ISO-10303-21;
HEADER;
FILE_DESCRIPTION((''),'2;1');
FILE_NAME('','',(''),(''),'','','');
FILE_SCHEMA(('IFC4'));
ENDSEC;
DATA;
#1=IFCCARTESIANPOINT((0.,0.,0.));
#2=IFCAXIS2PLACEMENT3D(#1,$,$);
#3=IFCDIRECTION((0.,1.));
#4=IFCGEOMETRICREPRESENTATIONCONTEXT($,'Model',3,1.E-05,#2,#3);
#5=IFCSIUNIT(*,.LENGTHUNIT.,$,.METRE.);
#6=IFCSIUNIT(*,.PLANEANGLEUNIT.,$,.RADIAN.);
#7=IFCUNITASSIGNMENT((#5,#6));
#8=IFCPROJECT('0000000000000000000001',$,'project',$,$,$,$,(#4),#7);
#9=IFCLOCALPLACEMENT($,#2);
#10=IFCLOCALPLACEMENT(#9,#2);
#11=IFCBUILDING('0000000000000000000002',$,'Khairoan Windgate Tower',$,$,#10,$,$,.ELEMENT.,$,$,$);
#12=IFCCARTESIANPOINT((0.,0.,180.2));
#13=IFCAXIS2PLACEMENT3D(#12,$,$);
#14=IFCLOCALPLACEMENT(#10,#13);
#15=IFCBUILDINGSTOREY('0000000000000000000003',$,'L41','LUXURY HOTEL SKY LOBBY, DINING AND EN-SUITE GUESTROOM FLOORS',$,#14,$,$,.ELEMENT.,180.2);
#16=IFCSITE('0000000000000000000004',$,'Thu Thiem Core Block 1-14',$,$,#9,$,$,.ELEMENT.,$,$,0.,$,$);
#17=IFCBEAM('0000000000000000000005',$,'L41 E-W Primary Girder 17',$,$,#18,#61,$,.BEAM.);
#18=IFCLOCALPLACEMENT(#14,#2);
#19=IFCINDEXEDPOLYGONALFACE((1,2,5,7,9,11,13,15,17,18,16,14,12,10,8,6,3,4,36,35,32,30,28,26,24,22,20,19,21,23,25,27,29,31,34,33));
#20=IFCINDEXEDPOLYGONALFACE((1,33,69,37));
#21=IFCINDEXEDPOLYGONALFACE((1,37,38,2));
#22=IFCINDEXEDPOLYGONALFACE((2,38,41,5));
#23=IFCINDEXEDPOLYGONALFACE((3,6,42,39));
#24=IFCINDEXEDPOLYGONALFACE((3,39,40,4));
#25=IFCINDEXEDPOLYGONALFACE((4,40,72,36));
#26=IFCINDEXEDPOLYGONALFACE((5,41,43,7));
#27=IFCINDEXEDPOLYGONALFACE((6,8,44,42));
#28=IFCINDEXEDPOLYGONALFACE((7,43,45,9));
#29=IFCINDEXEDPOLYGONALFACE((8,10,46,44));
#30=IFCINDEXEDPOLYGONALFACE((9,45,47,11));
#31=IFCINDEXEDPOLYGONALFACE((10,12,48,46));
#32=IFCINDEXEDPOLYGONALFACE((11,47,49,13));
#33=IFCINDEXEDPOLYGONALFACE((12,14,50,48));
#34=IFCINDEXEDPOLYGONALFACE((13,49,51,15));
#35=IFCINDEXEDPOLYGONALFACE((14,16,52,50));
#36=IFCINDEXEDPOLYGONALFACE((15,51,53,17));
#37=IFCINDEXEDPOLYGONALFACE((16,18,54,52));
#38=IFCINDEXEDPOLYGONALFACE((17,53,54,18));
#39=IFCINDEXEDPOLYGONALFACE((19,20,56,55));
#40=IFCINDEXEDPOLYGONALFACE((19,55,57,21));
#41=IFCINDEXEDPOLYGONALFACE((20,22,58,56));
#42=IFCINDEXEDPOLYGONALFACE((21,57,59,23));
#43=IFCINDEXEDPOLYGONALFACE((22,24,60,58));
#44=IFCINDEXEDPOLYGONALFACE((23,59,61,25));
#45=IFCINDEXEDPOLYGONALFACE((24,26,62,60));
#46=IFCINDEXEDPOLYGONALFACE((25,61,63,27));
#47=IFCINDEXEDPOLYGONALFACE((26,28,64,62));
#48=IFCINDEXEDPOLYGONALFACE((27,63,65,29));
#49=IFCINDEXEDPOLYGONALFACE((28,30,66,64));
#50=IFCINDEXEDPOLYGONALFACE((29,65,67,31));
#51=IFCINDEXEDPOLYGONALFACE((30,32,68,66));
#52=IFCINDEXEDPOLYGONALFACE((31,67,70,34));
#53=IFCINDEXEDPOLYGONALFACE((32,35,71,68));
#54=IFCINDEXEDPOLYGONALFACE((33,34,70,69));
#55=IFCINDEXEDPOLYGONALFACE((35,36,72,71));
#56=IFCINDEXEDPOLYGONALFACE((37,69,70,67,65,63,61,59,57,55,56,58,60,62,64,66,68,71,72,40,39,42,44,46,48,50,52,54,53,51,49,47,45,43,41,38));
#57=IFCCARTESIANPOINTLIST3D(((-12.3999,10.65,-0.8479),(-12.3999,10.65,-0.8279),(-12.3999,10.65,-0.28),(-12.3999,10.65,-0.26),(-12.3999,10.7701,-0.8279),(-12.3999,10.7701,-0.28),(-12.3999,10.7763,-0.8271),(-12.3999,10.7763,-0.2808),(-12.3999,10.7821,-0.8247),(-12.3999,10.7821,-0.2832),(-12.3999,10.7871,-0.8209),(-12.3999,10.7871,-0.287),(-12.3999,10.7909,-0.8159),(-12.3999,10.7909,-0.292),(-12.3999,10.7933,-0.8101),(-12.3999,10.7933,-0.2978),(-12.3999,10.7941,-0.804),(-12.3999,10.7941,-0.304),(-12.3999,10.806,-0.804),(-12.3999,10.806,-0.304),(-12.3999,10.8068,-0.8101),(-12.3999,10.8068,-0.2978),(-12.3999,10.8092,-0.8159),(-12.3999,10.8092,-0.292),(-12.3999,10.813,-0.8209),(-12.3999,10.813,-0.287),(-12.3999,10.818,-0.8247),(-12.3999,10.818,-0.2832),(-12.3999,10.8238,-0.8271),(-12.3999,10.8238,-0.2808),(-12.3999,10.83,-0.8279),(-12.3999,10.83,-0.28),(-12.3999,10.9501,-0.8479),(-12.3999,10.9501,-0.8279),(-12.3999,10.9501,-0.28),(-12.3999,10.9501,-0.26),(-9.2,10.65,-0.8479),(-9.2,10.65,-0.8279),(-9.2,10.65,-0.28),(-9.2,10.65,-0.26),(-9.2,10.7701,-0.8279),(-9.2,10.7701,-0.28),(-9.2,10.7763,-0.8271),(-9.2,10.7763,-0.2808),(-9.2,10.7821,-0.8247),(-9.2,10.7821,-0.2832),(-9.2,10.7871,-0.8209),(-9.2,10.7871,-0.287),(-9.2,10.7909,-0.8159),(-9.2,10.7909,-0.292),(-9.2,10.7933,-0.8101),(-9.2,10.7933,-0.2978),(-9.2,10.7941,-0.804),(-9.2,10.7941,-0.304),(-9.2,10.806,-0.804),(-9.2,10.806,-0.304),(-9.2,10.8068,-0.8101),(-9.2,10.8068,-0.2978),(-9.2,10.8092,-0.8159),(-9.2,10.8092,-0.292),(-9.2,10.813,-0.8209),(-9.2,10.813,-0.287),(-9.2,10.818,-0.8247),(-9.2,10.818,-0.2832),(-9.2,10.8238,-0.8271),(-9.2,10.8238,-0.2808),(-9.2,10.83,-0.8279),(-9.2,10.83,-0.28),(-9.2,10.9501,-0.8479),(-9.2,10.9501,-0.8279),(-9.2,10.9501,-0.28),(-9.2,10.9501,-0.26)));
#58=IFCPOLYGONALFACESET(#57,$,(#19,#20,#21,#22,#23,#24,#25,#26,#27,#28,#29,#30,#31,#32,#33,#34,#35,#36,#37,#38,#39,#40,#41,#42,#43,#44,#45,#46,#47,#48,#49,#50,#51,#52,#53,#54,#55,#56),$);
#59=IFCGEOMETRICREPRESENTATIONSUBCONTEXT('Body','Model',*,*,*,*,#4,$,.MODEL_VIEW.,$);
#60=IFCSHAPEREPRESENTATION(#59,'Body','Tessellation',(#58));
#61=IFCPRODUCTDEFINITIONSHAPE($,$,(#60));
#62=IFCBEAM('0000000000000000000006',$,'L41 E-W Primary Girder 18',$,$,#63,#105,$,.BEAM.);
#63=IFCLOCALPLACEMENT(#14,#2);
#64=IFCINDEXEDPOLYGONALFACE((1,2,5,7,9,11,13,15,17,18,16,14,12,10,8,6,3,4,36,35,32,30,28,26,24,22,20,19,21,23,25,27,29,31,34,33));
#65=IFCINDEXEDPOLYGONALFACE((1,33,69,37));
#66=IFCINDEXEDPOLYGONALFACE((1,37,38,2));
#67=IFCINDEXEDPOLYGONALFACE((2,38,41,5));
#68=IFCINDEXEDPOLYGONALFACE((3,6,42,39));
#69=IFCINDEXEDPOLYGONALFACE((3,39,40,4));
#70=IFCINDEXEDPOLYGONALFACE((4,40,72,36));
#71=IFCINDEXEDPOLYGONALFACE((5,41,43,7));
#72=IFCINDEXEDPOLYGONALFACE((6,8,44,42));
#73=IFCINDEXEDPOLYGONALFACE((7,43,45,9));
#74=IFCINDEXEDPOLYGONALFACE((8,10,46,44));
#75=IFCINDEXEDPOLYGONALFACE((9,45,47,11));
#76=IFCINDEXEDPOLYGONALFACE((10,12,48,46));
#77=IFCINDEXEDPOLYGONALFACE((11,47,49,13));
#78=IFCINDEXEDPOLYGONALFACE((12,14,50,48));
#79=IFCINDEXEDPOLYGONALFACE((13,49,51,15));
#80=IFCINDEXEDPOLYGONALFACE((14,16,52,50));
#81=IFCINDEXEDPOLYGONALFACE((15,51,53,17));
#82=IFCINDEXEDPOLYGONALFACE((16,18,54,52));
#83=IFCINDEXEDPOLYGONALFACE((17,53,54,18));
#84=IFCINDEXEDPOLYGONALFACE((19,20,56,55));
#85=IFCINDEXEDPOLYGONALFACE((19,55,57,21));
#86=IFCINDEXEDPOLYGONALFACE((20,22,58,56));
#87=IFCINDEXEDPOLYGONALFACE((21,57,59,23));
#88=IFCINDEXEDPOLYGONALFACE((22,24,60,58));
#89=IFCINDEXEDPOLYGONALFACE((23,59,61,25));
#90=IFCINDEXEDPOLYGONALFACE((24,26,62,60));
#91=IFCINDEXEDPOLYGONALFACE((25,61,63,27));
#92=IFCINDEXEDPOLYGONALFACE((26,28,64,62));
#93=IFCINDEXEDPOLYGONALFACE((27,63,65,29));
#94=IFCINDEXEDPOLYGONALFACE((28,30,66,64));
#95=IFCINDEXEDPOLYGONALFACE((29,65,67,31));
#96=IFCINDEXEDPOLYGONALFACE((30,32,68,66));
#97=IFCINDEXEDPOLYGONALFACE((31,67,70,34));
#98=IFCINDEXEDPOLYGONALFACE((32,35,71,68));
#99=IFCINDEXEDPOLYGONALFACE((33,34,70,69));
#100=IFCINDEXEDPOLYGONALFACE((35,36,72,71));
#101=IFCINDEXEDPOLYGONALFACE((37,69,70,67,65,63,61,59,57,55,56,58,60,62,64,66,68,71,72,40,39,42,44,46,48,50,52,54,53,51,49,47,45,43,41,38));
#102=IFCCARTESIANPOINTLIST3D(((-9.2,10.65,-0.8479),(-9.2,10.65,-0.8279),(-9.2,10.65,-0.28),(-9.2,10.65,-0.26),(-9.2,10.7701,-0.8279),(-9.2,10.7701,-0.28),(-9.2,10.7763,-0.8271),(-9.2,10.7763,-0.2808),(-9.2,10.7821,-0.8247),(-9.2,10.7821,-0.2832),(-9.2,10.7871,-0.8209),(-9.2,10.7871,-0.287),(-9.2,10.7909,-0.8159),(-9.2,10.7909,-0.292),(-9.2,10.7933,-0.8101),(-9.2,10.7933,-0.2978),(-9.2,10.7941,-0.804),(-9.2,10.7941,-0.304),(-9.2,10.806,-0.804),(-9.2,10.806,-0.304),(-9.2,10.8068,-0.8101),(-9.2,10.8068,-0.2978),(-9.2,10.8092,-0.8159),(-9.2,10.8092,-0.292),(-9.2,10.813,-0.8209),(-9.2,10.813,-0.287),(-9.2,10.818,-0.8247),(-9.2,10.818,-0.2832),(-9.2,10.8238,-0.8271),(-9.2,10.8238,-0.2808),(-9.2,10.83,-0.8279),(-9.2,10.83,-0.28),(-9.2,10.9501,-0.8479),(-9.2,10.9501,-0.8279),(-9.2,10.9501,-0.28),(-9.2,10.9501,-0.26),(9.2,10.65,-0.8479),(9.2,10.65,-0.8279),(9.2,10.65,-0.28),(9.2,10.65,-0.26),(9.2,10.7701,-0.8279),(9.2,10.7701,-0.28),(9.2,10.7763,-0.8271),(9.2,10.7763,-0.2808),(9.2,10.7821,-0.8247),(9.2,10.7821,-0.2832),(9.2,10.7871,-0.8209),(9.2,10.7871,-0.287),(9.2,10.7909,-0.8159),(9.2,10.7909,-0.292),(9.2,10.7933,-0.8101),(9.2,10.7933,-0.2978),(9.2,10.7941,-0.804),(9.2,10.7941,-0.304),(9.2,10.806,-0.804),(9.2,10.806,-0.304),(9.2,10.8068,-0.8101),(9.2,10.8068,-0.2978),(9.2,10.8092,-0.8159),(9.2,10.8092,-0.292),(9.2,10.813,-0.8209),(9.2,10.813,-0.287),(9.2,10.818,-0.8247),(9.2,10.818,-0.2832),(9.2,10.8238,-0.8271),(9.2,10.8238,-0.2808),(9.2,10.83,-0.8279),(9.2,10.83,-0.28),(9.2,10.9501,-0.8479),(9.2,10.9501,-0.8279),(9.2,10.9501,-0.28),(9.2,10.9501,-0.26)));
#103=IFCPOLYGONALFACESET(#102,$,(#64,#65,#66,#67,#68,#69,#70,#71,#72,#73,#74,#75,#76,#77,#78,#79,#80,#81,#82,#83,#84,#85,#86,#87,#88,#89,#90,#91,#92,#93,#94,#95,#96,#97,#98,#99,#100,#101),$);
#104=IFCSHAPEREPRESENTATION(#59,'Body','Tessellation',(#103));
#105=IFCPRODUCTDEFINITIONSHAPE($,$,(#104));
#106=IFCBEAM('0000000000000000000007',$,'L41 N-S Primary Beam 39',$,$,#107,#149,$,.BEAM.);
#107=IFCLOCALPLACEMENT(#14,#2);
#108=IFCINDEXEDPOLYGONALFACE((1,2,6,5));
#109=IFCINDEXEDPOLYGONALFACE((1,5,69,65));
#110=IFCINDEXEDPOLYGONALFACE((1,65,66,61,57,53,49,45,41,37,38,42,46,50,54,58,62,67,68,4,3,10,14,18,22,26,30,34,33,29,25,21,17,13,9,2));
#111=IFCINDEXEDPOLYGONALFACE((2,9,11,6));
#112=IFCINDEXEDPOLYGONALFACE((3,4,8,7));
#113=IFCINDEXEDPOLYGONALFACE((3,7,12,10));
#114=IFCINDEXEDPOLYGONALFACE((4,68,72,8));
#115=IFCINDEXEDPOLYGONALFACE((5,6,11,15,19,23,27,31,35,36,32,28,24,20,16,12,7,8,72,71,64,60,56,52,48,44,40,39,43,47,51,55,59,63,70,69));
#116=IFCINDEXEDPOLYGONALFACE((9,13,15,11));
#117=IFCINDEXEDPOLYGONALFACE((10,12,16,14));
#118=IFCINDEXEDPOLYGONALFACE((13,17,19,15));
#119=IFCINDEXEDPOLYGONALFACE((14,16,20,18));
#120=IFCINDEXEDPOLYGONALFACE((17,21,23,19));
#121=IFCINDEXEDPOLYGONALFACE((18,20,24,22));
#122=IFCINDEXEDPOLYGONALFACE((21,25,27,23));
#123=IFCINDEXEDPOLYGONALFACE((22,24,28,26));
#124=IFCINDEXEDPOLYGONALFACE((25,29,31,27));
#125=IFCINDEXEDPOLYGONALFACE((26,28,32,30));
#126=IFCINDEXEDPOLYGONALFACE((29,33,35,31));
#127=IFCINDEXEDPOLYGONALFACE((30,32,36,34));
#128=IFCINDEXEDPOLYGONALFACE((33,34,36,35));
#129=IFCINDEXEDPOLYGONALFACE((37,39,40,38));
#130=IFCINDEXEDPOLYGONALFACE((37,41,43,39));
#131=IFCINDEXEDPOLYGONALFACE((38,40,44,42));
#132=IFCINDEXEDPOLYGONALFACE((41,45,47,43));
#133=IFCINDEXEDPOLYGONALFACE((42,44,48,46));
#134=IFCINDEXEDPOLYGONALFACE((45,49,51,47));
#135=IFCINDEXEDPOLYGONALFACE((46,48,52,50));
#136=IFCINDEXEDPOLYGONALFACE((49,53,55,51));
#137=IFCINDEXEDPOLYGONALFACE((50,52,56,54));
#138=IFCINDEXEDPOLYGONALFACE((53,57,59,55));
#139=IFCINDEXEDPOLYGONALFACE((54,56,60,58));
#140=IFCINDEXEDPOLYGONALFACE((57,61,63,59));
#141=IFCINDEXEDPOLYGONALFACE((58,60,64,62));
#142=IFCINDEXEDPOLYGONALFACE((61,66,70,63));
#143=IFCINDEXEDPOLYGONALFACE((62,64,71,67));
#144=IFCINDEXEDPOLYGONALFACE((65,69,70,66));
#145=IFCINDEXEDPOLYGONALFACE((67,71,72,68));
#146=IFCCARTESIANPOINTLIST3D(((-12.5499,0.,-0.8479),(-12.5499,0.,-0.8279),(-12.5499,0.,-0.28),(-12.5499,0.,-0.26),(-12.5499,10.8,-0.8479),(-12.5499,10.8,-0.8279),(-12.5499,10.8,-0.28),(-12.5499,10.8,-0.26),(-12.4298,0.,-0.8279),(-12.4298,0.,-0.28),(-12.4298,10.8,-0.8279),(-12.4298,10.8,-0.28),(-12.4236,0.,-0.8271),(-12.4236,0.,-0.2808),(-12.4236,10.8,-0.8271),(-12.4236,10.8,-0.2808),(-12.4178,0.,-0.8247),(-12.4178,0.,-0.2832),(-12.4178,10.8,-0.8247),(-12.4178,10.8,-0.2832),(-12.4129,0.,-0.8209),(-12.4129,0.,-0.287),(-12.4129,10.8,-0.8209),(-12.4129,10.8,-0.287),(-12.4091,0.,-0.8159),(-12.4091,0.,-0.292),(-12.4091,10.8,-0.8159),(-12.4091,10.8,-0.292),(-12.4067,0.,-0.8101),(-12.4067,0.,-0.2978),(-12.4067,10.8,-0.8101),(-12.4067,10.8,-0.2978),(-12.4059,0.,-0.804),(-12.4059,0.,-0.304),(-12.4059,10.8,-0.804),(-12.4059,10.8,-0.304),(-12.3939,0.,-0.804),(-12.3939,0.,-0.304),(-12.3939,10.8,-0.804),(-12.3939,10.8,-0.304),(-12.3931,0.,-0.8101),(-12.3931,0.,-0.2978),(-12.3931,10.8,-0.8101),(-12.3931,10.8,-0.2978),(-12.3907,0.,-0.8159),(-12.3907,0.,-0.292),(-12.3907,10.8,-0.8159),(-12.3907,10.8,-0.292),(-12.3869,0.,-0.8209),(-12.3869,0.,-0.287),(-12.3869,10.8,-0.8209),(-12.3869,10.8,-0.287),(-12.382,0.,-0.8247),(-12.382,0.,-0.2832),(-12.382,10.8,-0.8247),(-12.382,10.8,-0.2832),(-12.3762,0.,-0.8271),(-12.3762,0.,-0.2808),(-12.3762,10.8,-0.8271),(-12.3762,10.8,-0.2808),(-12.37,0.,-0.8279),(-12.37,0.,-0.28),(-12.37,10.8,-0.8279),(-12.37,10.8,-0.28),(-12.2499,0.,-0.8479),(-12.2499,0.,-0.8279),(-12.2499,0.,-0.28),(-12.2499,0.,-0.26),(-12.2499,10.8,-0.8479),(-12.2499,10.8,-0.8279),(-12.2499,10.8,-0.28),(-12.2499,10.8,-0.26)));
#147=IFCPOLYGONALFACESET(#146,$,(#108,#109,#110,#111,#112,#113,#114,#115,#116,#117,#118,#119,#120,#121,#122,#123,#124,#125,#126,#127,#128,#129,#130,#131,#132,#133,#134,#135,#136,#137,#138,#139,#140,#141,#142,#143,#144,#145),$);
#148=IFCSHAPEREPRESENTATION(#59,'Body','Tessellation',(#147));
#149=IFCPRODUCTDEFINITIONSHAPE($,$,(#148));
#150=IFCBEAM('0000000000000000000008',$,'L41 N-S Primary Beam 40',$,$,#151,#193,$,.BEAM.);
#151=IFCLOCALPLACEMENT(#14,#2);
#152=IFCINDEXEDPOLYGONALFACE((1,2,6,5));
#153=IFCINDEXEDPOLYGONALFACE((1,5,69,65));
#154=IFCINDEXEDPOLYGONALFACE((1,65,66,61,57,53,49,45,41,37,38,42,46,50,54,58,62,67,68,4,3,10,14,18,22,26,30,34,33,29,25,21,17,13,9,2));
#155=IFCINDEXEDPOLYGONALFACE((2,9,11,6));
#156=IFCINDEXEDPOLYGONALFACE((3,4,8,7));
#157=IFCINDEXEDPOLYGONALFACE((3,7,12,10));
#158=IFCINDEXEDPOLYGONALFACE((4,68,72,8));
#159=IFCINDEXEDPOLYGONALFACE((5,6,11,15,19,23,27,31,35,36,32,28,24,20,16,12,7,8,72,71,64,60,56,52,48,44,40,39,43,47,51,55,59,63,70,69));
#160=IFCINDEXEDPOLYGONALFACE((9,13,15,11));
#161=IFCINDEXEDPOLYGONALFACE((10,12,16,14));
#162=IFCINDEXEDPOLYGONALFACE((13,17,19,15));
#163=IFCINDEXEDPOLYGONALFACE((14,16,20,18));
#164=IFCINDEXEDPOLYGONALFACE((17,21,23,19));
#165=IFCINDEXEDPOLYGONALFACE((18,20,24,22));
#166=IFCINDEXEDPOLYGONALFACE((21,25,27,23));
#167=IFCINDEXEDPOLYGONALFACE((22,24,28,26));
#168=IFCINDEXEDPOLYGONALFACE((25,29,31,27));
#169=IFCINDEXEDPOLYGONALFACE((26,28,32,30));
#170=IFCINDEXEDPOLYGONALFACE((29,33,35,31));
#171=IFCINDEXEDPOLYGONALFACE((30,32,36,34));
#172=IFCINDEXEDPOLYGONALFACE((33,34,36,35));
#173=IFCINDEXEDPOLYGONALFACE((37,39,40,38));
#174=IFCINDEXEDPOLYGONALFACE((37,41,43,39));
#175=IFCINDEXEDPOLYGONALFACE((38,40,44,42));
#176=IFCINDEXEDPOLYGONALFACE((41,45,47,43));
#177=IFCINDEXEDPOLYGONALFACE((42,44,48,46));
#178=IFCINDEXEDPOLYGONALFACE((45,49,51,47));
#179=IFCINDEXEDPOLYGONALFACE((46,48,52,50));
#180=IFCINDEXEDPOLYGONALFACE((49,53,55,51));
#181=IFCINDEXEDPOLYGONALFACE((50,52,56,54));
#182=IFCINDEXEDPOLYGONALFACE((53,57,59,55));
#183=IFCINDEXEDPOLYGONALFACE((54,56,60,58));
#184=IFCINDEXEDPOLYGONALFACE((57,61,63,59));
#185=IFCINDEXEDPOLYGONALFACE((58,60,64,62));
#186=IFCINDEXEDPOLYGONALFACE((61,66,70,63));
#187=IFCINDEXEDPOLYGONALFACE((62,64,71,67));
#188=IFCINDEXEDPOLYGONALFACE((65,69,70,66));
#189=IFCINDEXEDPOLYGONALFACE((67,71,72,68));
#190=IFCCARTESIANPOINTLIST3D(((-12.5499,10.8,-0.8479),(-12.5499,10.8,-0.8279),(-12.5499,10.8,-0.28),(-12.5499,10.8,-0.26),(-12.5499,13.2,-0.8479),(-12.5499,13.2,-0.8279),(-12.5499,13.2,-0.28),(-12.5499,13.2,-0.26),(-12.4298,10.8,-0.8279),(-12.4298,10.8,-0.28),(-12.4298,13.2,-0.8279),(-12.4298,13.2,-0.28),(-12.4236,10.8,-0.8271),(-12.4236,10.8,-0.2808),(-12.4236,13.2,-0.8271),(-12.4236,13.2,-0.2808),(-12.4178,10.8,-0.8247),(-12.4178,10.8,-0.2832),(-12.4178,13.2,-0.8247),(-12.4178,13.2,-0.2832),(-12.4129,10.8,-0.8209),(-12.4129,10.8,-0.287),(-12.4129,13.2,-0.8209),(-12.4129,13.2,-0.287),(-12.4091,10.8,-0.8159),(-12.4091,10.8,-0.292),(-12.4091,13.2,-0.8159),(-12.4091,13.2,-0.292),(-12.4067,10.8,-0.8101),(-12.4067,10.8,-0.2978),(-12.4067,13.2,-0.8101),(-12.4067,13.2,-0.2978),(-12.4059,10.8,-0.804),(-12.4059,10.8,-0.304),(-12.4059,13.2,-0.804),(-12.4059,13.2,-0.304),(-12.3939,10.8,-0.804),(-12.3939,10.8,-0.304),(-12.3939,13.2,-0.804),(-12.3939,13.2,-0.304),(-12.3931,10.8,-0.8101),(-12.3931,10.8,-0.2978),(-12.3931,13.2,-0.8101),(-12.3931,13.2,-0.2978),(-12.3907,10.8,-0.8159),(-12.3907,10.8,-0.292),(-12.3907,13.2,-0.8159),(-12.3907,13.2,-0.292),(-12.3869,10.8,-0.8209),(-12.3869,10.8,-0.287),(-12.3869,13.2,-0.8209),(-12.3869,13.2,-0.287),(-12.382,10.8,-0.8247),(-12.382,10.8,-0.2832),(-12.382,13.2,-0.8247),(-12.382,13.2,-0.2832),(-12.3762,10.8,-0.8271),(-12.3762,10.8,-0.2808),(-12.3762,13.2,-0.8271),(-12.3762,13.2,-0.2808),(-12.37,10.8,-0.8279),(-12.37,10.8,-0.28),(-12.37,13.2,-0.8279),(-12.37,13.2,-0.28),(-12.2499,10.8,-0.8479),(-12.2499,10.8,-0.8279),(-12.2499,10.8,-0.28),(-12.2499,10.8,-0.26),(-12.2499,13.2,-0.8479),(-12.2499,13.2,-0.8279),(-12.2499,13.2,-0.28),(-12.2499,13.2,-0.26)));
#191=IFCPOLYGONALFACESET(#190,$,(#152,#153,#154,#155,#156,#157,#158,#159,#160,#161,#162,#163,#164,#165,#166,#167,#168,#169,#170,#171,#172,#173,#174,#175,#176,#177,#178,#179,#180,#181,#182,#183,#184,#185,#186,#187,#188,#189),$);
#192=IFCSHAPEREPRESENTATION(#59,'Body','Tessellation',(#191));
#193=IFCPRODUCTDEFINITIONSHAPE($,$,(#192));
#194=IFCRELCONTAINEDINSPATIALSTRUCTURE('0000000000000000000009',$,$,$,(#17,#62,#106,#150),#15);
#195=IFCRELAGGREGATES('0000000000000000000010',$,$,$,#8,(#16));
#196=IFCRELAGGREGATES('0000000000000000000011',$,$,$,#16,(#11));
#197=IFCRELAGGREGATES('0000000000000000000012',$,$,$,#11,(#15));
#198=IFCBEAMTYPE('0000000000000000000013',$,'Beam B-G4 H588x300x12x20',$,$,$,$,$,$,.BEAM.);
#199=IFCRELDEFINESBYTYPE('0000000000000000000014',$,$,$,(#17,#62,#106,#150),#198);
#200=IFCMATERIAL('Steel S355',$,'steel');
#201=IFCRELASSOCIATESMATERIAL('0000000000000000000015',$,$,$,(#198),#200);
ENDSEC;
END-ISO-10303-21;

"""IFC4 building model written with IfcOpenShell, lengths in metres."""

from ifc_helpers import new_model, si_unit, direction, frame, origin, origin_2d, place, context, subcontext, project, spatial, i_section, extrude, material, material_profile, profile_set, type_object, element, save


model = new_model("IFC4")

# Units and contexts
model_context = context("Model", 3, precision=1e-05, world=origin(), true_north=direction((0.0, 1.0)))
body_context = subcontext(model_context, "Body", "Model", "MODEL_VIEW")
ifc_project = project(units=[si_unit("LENGTHUNIT", "METRE"), si_unit("PLANEANGLEUNIT", "RADIAN")], contexts=[model_context])

# Site, building, storey
site_placement = place(None, origin())
site = spatial("IfcSite", under=ifc_project, at=site_placement, Name="Thu Thiem Core Block 1-14", CompositionType="ELEMENT", RefElevation=0.0)
building_placement = place(site_placement, origin())
building = spatial("IfcBuilding", under=site, at=building_placement, Name="Khairoan Windgate Tower", CompositionType="ELEMENT")
storey_placement = place(building_placement, frame((0.0, 0.0, 180.2)))
storey = spatial("IfcBuildingStorey", under=building, at=storey_placement, Name="L41", Description="LUXURY HOTEL SKY LOBBY, DINING AND EN-SUITE GUESTROOM FLOORS", CompositionType="ELEMENT", Elevation=180.2)

# Beams
ifc_material_1 = material(Name="Steel S355", Category="steel")
ifc_material_profile_1 = material_profile(ifc_material_1, i_section(OverallWidth=0.3, OverallDepth=0.5879, WebThickness=0.012, FlangeThickness=0.02, FilletRadius=0.0239, at=origin_2d()))
ifc_profile_set_1 = profile_set([ifc_material_profile_1], Name="Steel S355")
beam_type = type_object("IfcBeamType", Name="Beam B-G4 H588x300x12x20", PredefinedType="BEAM", material=ifc_profile_set_1)
beam_1_placement = place(storey_placement, frame((-12.3999, 10.8, -0.554), z_axis=(1.0, 0.0, 0.0), x_axis=(0.0, 1.0, 0.0)))
element("IfcBeam", 1, at=beam_1_placement, inside=storey, type_object=beam_type, Name="L41 E-W Primary Girder 17", PredefinedType="BEAM", context=body_context, shape_type="SweptSolid", body=[
    extrude(i_section(OverallWidth=0.3, OverallDepth=0.5879, WebThickness=0.012, FlangeThickness=0.02, FilletRadius=0.0239, at=origin_2d()), origin(), (0.0, 0.0, 1.0), 3.2),
])
beam_2_placement = place(storey_placement, frame((-9.2, 10.8, -0.554), z_axis=(1.0, 0.0, 0.0), x_axis=(0.0, 1.0, 0.0)))
element("IfcBeam", 2, at=beam_2_placement, inside=storey, type_object=beam_type, Name="L41 E-W Primary Girder 18", PredefinedType="BEAM", context=body_context, shape_type="SweptSolid", body=[
    extrude(i_section(OverallWidth=0.3, OverallDepth=0.5879, WebThickness=0.012, FlangeThickness=0.02, FilletRadius=0.0239, at=origin_2d()), origin(), (0.0, 0.0, 1.0), 18.3999),
])
beam_3_placement = place(storey_placement, frame((-12.3999, 0.0, -0.554), z_axis=(0.0, 1.0, 0.0), x_axis=(-1.0, 0.0, 0.0)))
element("IfcBeam", 3, at=beam_3_placement, inside=storey, type_object=beam_type, Name="L41 N-S Primary Beam 39", PredefinedType="BEAM", context=body_context, shape_type="SweptSolid", body=[
    extrude(i_section(OverallWidth=0.3, OverallDepth=0.5879, WebThickness=0.012, FlangeThickness=0.02, FilletRadius=0.0239, at=origin_2d()), origin(), (0.0, 0.0, 1.0), 10.8),
])
beam_4_placement = place(storey_placement, frame((-12.3999, 10.8, -0.554), z_axis=(0.0, 1.0, 0.0), x_axis=(-1.0, 0.0, 0.0)))
element("IfcBeam", 4, at=beam_4_placement, inside=storey, type_object=beam_type, Name="L41 N-S Primary Beam 40", PredefinedType="BEAM", context=body_context, shape_type="SweptSolid", body=[
    extrude(i_section(OverallWidth=0.3, OverallDepth=0.5879, WebThickness=0.012, FlangeThickness=0.02, FilletRadius=0.0239, at=origin_2d()), origin(), (0.0, 0.0, 1.0), 2.3999),
])

save(model, "model.ifc")
